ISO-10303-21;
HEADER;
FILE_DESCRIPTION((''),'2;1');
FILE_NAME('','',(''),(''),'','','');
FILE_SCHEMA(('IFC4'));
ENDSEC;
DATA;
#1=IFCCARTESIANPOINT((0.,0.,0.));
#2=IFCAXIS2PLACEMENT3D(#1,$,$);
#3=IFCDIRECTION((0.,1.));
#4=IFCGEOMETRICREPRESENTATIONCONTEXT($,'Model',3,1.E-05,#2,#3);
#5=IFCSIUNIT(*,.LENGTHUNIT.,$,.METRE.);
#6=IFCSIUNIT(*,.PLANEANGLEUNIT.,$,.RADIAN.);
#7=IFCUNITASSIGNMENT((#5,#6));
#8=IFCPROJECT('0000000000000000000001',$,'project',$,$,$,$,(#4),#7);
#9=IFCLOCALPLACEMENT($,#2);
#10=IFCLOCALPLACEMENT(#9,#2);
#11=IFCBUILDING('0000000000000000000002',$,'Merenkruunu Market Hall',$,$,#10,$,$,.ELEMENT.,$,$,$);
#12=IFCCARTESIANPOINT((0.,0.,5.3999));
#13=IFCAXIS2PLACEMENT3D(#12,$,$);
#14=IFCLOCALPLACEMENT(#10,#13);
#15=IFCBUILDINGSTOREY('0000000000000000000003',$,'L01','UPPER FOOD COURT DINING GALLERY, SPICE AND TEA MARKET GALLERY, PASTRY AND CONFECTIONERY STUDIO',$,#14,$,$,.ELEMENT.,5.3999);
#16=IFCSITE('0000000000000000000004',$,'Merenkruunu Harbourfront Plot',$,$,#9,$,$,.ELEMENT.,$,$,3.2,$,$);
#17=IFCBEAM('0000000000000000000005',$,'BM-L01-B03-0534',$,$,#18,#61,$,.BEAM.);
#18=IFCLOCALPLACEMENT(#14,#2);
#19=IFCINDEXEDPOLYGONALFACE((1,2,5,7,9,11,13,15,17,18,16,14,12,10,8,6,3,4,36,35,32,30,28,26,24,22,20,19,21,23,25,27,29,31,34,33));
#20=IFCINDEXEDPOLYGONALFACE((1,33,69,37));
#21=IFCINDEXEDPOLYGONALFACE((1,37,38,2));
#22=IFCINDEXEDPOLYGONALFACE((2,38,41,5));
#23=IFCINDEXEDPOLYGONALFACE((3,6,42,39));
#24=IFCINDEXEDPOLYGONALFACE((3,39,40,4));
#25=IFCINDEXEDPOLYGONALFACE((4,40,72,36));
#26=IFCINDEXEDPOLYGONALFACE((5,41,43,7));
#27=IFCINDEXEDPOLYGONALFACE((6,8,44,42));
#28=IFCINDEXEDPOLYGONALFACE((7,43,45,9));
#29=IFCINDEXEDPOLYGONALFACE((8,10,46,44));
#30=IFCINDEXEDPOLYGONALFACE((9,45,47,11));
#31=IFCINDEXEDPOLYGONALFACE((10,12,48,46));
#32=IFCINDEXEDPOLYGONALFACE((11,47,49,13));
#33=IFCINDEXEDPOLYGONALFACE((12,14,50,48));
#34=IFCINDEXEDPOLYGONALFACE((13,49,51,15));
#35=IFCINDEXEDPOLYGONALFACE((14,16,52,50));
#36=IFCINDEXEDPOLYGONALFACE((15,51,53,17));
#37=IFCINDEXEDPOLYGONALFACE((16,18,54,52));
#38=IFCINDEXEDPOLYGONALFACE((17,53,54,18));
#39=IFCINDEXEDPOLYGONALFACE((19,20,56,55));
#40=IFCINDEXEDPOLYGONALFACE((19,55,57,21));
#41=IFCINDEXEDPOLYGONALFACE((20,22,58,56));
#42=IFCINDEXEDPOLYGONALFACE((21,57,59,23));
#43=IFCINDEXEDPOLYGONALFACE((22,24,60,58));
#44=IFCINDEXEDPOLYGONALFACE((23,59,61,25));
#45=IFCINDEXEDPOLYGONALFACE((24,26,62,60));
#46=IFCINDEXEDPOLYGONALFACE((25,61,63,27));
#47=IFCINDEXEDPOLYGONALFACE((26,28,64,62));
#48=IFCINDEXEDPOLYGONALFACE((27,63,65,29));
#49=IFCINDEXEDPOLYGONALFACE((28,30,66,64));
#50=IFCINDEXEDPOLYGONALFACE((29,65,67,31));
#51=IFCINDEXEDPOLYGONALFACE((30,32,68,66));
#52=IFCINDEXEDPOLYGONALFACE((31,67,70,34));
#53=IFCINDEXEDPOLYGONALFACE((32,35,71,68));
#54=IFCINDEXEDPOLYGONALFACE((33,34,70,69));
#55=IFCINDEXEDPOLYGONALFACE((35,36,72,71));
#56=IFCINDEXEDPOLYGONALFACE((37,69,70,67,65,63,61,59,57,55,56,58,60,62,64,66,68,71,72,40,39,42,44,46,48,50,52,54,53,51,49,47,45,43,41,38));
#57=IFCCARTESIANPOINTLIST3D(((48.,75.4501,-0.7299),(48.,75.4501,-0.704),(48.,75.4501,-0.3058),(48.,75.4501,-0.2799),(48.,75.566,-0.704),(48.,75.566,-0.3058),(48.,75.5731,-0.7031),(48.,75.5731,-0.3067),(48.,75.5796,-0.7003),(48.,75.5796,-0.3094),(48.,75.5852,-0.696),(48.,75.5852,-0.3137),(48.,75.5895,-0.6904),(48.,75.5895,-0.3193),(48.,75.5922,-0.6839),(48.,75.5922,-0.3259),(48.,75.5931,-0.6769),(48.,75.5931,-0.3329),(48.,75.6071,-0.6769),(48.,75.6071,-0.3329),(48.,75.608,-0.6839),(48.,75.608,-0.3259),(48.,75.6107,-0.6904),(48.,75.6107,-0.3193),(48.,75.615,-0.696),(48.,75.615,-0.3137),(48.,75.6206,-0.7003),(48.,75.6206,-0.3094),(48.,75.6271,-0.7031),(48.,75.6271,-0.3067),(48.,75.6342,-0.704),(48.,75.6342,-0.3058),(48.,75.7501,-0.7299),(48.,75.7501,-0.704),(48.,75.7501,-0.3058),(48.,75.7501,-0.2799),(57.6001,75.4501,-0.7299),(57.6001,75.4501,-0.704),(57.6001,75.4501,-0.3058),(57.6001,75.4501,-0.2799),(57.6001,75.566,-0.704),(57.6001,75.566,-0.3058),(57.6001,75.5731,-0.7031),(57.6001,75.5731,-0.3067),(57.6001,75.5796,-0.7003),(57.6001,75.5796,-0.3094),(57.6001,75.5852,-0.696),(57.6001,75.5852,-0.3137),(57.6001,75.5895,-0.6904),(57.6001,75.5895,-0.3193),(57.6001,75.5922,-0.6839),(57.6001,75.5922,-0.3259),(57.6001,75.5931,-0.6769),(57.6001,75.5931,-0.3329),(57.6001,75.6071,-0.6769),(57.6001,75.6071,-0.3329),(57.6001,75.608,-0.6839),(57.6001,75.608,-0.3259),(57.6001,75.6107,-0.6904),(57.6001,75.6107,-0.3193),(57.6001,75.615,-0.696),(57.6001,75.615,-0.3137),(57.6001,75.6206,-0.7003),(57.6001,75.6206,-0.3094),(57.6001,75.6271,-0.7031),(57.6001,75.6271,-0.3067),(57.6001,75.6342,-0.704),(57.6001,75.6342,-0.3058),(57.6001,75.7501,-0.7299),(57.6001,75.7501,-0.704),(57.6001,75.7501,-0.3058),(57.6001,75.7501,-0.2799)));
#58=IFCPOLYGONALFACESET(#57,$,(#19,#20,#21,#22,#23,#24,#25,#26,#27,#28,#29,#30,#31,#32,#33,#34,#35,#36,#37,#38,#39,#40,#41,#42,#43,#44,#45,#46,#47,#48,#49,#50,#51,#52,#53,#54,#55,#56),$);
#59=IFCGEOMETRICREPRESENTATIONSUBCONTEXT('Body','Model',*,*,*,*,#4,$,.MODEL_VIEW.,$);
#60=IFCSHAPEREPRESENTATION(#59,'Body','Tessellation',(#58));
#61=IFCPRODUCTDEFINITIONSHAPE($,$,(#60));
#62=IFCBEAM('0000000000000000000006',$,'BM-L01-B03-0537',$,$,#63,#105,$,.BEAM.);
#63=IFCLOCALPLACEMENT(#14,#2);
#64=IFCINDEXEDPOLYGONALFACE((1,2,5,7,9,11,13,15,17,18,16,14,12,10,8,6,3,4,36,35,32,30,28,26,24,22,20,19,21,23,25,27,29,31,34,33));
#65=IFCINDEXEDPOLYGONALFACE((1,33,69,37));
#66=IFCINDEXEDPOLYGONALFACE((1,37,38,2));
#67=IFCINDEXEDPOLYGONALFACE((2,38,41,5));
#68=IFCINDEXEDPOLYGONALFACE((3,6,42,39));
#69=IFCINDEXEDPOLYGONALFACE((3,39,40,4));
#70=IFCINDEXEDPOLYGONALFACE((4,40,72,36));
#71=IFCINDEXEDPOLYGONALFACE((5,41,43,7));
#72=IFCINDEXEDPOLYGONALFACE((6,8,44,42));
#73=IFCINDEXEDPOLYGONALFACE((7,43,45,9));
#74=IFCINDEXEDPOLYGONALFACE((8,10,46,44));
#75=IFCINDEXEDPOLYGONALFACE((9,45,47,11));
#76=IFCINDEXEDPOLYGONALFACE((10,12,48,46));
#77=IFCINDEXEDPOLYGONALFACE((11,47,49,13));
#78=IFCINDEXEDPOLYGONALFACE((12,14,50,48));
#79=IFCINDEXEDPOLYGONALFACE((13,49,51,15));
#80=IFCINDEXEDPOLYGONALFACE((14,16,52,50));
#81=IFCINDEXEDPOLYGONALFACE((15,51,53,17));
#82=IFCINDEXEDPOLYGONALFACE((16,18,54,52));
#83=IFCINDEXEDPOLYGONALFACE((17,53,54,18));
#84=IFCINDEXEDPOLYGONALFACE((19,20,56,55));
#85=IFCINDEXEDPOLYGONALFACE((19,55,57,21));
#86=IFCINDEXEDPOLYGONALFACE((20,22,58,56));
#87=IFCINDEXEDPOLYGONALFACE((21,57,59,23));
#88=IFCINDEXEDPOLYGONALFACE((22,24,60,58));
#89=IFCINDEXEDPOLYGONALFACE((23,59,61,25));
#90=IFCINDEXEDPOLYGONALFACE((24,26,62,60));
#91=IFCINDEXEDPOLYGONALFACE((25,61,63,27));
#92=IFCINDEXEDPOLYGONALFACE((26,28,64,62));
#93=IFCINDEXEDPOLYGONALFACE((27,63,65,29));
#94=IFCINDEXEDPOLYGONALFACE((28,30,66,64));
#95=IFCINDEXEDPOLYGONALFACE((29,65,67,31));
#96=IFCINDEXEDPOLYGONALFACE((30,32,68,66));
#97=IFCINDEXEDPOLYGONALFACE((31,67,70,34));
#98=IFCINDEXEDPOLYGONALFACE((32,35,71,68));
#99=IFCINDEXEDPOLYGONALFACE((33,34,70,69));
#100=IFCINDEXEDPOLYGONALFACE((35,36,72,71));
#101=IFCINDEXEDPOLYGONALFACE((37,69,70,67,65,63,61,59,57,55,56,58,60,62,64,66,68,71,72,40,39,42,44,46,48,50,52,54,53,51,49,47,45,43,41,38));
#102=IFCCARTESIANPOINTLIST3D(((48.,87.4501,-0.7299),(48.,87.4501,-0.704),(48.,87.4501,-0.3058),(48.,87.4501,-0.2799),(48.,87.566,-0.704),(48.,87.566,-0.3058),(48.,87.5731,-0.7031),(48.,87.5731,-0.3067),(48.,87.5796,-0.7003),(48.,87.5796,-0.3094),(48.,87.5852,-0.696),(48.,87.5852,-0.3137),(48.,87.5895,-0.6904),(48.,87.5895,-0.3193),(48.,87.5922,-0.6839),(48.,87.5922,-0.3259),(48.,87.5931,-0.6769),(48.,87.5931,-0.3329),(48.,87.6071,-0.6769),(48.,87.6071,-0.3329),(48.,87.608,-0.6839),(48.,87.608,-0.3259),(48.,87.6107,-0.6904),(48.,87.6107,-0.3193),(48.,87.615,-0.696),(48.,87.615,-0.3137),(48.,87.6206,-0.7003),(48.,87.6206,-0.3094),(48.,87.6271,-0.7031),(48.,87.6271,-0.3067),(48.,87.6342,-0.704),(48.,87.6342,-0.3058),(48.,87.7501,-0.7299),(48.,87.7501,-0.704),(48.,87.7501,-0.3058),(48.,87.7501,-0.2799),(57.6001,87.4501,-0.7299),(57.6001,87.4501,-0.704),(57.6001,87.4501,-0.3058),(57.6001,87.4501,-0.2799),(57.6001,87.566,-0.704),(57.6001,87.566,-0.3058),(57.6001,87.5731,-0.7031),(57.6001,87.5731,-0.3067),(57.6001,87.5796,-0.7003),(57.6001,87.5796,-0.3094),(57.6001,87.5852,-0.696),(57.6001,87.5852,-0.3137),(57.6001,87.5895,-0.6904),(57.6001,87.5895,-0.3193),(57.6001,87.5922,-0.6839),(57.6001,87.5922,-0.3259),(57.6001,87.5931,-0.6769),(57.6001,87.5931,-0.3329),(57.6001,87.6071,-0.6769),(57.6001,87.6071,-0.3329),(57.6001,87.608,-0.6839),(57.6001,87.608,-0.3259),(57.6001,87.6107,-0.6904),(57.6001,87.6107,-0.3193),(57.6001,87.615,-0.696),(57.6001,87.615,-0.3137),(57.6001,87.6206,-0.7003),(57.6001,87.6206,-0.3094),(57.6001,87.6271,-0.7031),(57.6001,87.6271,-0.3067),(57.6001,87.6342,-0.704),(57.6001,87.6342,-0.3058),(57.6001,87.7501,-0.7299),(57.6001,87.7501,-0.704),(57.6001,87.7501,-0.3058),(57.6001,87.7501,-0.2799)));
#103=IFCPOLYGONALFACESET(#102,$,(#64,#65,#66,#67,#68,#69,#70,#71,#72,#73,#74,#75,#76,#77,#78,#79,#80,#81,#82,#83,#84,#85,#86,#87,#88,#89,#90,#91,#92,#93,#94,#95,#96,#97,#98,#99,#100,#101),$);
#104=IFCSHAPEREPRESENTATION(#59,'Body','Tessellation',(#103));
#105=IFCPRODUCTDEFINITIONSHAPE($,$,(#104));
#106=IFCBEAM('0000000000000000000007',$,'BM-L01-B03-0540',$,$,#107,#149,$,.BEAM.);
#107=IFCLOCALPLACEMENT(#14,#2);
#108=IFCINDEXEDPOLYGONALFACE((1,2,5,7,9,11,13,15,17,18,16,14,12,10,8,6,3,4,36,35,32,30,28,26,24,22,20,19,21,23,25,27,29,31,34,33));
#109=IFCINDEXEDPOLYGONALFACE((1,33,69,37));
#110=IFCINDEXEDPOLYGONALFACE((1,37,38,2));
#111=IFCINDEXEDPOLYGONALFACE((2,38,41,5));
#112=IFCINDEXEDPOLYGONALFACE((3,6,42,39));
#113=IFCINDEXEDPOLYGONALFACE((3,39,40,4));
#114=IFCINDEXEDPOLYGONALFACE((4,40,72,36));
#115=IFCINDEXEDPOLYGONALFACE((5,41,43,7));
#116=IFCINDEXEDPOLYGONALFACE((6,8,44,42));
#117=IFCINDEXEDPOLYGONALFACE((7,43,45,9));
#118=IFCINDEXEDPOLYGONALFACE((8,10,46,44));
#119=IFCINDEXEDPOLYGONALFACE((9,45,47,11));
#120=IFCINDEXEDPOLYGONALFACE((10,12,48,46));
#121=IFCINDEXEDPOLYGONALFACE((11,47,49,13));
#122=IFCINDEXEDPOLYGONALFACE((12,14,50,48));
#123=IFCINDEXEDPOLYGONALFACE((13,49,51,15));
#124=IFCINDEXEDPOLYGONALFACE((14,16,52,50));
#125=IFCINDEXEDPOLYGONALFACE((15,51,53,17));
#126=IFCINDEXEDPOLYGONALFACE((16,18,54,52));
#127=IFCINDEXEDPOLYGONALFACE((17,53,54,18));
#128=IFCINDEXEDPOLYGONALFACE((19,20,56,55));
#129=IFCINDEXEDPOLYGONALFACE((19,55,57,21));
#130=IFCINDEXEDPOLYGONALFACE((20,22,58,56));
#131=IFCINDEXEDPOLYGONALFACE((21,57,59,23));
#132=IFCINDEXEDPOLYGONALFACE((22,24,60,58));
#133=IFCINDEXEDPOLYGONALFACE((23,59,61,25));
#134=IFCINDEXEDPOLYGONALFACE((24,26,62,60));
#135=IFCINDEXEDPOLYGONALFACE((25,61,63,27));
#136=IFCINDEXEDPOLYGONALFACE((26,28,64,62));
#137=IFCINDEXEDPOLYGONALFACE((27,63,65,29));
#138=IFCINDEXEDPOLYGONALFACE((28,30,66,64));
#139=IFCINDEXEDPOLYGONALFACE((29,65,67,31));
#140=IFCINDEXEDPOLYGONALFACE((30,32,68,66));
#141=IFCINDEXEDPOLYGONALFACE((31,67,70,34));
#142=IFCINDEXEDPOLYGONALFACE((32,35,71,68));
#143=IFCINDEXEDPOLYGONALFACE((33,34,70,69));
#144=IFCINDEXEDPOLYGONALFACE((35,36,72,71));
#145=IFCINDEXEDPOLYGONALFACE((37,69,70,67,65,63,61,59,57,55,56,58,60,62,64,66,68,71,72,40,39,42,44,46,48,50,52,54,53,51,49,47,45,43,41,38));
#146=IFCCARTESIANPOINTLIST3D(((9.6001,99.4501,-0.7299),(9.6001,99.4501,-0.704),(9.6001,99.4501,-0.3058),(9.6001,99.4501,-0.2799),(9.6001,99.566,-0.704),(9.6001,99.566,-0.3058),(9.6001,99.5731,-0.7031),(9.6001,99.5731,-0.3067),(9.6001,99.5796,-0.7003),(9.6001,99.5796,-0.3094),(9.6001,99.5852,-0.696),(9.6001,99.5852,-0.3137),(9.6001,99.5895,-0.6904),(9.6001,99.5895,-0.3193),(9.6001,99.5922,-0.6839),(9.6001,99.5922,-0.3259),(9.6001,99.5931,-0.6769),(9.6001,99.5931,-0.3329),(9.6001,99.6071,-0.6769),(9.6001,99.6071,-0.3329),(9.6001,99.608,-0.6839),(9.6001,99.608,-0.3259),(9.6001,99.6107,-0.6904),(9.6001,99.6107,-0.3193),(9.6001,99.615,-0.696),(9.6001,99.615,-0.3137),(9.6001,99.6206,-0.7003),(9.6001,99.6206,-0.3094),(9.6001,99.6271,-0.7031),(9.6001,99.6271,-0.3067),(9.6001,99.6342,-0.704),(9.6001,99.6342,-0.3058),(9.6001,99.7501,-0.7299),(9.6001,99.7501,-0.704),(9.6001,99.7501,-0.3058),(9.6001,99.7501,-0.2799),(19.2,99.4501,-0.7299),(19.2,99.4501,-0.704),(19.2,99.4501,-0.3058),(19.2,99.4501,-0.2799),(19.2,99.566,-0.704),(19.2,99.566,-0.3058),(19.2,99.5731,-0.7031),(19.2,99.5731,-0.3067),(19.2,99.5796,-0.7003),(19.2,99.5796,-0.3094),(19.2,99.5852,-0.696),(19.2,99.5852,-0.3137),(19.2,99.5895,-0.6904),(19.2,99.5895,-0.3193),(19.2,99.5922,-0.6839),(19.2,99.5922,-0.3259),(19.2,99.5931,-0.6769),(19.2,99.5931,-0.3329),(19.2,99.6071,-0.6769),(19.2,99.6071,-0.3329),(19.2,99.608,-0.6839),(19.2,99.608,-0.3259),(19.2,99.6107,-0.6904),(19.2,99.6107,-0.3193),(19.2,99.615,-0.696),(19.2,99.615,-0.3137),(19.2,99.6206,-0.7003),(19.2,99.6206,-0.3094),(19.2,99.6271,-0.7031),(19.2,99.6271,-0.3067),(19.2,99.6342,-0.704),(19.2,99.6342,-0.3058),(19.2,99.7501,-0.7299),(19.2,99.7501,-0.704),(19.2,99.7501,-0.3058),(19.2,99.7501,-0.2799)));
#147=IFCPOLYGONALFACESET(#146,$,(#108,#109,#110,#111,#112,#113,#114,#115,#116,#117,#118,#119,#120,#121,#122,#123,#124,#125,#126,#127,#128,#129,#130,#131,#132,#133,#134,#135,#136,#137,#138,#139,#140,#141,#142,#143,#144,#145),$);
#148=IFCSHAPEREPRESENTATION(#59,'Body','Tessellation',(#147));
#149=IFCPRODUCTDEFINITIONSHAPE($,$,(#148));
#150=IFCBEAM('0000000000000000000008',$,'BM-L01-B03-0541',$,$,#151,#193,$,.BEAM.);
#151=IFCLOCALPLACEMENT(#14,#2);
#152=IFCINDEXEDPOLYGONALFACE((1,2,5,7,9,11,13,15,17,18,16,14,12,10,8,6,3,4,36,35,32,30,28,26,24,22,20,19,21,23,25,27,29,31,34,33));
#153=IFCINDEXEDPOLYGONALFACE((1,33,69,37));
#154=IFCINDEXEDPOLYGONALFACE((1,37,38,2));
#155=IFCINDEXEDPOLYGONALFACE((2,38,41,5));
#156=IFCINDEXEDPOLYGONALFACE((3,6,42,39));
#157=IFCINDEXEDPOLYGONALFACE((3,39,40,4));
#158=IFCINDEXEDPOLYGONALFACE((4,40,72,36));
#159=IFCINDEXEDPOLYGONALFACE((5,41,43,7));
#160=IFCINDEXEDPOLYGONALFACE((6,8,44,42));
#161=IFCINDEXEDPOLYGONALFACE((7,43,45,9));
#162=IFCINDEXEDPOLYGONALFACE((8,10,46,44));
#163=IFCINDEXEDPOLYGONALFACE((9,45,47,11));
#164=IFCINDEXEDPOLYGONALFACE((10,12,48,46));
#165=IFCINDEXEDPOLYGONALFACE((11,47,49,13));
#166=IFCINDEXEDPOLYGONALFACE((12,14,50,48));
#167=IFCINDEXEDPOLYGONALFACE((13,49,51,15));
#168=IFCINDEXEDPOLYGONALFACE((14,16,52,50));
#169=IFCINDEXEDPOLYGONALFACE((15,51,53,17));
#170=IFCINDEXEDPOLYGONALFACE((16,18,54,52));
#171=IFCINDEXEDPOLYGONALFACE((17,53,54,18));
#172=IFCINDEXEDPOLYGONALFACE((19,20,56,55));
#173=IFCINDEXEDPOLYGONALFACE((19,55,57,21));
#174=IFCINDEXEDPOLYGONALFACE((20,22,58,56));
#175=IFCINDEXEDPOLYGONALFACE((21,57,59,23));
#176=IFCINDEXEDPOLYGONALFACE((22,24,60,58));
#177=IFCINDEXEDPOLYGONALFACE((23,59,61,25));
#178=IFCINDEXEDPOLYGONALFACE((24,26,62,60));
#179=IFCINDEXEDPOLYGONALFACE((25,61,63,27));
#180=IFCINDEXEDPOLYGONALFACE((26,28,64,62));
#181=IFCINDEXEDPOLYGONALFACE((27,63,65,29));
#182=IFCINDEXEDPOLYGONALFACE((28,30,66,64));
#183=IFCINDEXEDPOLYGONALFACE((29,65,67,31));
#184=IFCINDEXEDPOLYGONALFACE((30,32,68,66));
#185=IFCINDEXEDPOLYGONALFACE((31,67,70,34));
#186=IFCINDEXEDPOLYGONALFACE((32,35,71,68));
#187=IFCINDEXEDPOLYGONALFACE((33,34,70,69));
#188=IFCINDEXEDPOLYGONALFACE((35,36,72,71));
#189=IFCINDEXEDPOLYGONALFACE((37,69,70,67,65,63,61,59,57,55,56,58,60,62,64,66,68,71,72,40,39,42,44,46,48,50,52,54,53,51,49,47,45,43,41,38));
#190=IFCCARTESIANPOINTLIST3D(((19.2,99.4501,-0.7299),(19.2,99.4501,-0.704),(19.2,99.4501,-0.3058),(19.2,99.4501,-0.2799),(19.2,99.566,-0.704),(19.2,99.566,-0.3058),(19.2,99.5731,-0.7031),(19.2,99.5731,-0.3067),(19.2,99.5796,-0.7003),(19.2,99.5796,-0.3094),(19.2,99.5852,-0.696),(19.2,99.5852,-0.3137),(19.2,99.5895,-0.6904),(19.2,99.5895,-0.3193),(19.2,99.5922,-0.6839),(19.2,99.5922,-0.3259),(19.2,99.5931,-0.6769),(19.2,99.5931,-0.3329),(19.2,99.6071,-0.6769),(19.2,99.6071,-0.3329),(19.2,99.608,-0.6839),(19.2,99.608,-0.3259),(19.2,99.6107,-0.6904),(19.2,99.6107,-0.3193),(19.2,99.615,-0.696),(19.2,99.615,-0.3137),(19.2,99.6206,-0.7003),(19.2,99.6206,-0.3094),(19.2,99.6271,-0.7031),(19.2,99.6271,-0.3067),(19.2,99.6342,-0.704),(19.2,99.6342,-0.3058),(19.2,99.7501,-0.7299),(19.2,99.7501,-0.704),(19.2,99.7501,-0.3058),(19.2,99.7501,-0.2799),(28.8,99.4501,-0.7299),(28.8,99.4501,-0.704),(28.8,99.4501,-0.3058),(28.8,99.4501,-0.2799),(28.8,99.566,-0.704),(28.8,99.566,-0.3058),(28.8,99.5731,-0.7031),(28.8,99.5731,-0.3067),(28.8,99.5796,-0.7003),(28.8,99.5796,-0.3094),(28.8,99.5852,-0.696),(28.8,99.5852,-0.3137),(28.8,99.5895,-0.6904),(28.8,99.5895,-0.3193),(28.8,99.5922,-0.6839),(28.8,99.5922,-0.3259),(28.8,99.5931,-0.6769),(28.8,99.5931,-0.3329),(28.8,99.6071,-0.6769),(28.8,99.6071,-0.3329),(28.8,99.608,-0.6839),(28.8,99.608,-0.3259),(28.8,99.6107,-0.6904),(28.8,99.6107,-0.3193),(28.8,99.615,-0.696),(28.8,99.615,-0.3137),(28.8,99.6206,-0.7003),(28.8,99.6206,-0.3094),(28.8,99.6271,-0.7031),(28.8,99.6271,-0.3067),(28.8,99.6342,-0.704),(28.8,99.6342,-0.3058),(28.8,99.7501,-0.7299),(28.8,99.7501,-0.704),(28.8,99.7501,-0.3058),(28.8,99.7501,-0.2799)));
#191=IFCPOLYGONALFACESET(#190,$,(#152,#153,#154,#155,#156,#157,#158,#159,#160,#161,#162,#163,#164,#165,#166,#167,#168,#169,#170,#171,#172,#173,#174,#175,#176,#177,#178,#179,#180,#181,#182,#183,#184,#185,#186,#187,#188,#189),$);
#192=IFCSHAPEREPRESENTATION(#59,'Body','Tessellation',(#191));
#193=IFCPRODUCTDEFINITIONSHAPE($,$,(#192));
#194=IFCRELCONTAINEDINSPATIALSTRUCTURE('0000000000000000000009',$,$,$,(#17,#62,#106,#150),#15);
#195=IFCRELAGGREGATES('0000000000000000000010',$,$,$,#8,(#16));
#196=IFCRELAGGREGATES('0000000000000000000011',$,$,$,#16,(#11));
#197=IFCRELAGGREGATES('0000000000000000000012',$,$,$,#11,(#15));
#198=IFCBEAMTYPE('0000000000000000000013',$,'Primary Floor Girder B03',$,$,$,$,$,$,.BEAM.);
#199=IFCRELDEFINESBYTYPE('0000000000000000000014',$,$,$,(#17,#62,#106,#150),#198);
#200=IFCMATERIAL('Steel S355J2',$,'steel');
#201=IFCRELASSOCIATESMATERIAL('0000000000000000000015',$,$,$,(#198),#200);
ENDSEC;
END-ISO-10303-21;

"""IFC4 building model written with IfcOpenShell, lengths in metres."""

from ifc_helpers import new_model, si_unit, direction, frame, origin, origin_2d, place, context, subcontext, project, spatial, i_section, extrude, material, material_profile, profile_set, type_object, element, save


model = new_model("IFC4")

# Units and contexts
model_context = context("Model", 3, precision=1e-05, world=origin(), true_north=direction((0.0, 1.0)))
body_context = subcontext(model_context, "Body", "Model", "MODEL_VIEW")
ifc_project = project(units=[si_unit("LENGTHUNIT", "METRE"), si_unit("PLANEANGLEUNIT", "RADIAN")], contexts=[model_context])

# Site, building, storey
site_placement = place(None, origin())
site = spatial("IfcSite", under=ifc_project, at=site_placement, Name="Merenkruunu Harbourfront Plot", CompositionType="ELEMENT", RefElevation=3.2)
building_placement = place(site_placement, origin())
building = spatial("IfcBuilding", under=site, at=building_placement, Name="Merenkruunu Market Hall", CompositionType="ELEMENT")
storey_placement = place(building_placement, frame((0.0, 0.0, 5.3999)))
storey = spatial("IfcBuildingStorey", under=building, at=storey_placement, Name="L01", Description="UPPER FOOD COURT DINING GALLERY, SPICE AND TEA MARKET GALLERY, PASTRY AND CONFECTIONERY STUDIO", CompositionType="ELEMENT", Elevation=5.3999)

# Shared definitions
ifc_material_1 = material(Name="Steel S355J2", Category="steel")

# Beams
ifc_material_profile_1 = material_profile(ifc_material_1, i_section(OverallWidth=0.3, OverallDepth=0.45, WebThickness=0.0139, FlangeThickness=0.0259, FilletRadius=0.0271, at=origin_2d()), Name="HEB 450")
ifc_profile_set_1 = profile_set([ifc_material_profile_1], Name="Steel S355J2")
beam_type_1 = type_object("IfcBeamType", Name="Primary Floor Girder B03", PredefinedType="BEAM", material=ifc_profile_set_1)
for number, where, z_axis, x_axis, name in (
    (1, (48.0, 75.6001, -0.5049), (1.0, 0.0, 0.0), (0.0, 1.0, 0.0), "BM-L01-B03-0534"),
    (2, (48.0, 87.6001, -0.5049), (1.0, 0.0, 0.0), (0.0, 1.0, 0.0), "BM-L01-B03-0537"),
):
    element("IfcBeam", number, at=place(storey_placement, frame(where, z_axis=z_axis, x_axis=x_axis)), inside=storey, type_object=beam_type_1, Name=name, PredefinedType="BEAM", context=body_context, shape_type="SweptSolid", body=[
        extrude(i_section(OverallWidth=0.3, OverallDepth=0.45, WebThickness=0.0139, FlangeThickness=0.0259, FilletRadius=0.0271, at=origin_2d()), origin(), (0.0, 0.0, 1.0), 9.6001),
    ])
beam_1_placement = place(storey_placement, frame((9.6001, 99.6001, -0.5049), z_axis=(1.0, 0.0, 0.0), x_axis=(0.0, 1.0, 0.0)))
element("IfcBeam", 3, at=beam_1_placement, inside=storey, type_object=beam_type_1, Name="BM-L01-B03-0540", PredefinedType="BEAM", context=body_context, shape_type="SweptSolid", body=[
    extrude(i_section(OverallWidth=0.3, OverallDepth=0.45, WebThickness=0.0139, FlangeThickness=0.0259, FilletRadius=0.0271, at=origin_2d()), origin(), (0.0, 0.0, 1.0), 9.5999),
])
beam_2_placement = place(storey_placement, frame((19.2, 99.6001, -0.5049), z_axis=(1.0, 0.0, 0.0), x_axis=(0.0, 1.0, 0.0)))
element("IfcBeam", 4, at=beam_2_placement, inside=storey, type_object=beam_type_1, Name="BM-L01-B03-0541", PredefinedType="BEAM", context=body_context, shape_type="SweptSolid", body=[
    extrude(i_section(OverallWidth=0.3, OverallDepth=0.45, WebThickness=0.0139, FlangeThickness=0.0259, FilletRadius=0.0271, at=origin_2d()), origin(), (0.0, 0.0, 1.0), 9.6001),
])

save(model, "model.ifc")
